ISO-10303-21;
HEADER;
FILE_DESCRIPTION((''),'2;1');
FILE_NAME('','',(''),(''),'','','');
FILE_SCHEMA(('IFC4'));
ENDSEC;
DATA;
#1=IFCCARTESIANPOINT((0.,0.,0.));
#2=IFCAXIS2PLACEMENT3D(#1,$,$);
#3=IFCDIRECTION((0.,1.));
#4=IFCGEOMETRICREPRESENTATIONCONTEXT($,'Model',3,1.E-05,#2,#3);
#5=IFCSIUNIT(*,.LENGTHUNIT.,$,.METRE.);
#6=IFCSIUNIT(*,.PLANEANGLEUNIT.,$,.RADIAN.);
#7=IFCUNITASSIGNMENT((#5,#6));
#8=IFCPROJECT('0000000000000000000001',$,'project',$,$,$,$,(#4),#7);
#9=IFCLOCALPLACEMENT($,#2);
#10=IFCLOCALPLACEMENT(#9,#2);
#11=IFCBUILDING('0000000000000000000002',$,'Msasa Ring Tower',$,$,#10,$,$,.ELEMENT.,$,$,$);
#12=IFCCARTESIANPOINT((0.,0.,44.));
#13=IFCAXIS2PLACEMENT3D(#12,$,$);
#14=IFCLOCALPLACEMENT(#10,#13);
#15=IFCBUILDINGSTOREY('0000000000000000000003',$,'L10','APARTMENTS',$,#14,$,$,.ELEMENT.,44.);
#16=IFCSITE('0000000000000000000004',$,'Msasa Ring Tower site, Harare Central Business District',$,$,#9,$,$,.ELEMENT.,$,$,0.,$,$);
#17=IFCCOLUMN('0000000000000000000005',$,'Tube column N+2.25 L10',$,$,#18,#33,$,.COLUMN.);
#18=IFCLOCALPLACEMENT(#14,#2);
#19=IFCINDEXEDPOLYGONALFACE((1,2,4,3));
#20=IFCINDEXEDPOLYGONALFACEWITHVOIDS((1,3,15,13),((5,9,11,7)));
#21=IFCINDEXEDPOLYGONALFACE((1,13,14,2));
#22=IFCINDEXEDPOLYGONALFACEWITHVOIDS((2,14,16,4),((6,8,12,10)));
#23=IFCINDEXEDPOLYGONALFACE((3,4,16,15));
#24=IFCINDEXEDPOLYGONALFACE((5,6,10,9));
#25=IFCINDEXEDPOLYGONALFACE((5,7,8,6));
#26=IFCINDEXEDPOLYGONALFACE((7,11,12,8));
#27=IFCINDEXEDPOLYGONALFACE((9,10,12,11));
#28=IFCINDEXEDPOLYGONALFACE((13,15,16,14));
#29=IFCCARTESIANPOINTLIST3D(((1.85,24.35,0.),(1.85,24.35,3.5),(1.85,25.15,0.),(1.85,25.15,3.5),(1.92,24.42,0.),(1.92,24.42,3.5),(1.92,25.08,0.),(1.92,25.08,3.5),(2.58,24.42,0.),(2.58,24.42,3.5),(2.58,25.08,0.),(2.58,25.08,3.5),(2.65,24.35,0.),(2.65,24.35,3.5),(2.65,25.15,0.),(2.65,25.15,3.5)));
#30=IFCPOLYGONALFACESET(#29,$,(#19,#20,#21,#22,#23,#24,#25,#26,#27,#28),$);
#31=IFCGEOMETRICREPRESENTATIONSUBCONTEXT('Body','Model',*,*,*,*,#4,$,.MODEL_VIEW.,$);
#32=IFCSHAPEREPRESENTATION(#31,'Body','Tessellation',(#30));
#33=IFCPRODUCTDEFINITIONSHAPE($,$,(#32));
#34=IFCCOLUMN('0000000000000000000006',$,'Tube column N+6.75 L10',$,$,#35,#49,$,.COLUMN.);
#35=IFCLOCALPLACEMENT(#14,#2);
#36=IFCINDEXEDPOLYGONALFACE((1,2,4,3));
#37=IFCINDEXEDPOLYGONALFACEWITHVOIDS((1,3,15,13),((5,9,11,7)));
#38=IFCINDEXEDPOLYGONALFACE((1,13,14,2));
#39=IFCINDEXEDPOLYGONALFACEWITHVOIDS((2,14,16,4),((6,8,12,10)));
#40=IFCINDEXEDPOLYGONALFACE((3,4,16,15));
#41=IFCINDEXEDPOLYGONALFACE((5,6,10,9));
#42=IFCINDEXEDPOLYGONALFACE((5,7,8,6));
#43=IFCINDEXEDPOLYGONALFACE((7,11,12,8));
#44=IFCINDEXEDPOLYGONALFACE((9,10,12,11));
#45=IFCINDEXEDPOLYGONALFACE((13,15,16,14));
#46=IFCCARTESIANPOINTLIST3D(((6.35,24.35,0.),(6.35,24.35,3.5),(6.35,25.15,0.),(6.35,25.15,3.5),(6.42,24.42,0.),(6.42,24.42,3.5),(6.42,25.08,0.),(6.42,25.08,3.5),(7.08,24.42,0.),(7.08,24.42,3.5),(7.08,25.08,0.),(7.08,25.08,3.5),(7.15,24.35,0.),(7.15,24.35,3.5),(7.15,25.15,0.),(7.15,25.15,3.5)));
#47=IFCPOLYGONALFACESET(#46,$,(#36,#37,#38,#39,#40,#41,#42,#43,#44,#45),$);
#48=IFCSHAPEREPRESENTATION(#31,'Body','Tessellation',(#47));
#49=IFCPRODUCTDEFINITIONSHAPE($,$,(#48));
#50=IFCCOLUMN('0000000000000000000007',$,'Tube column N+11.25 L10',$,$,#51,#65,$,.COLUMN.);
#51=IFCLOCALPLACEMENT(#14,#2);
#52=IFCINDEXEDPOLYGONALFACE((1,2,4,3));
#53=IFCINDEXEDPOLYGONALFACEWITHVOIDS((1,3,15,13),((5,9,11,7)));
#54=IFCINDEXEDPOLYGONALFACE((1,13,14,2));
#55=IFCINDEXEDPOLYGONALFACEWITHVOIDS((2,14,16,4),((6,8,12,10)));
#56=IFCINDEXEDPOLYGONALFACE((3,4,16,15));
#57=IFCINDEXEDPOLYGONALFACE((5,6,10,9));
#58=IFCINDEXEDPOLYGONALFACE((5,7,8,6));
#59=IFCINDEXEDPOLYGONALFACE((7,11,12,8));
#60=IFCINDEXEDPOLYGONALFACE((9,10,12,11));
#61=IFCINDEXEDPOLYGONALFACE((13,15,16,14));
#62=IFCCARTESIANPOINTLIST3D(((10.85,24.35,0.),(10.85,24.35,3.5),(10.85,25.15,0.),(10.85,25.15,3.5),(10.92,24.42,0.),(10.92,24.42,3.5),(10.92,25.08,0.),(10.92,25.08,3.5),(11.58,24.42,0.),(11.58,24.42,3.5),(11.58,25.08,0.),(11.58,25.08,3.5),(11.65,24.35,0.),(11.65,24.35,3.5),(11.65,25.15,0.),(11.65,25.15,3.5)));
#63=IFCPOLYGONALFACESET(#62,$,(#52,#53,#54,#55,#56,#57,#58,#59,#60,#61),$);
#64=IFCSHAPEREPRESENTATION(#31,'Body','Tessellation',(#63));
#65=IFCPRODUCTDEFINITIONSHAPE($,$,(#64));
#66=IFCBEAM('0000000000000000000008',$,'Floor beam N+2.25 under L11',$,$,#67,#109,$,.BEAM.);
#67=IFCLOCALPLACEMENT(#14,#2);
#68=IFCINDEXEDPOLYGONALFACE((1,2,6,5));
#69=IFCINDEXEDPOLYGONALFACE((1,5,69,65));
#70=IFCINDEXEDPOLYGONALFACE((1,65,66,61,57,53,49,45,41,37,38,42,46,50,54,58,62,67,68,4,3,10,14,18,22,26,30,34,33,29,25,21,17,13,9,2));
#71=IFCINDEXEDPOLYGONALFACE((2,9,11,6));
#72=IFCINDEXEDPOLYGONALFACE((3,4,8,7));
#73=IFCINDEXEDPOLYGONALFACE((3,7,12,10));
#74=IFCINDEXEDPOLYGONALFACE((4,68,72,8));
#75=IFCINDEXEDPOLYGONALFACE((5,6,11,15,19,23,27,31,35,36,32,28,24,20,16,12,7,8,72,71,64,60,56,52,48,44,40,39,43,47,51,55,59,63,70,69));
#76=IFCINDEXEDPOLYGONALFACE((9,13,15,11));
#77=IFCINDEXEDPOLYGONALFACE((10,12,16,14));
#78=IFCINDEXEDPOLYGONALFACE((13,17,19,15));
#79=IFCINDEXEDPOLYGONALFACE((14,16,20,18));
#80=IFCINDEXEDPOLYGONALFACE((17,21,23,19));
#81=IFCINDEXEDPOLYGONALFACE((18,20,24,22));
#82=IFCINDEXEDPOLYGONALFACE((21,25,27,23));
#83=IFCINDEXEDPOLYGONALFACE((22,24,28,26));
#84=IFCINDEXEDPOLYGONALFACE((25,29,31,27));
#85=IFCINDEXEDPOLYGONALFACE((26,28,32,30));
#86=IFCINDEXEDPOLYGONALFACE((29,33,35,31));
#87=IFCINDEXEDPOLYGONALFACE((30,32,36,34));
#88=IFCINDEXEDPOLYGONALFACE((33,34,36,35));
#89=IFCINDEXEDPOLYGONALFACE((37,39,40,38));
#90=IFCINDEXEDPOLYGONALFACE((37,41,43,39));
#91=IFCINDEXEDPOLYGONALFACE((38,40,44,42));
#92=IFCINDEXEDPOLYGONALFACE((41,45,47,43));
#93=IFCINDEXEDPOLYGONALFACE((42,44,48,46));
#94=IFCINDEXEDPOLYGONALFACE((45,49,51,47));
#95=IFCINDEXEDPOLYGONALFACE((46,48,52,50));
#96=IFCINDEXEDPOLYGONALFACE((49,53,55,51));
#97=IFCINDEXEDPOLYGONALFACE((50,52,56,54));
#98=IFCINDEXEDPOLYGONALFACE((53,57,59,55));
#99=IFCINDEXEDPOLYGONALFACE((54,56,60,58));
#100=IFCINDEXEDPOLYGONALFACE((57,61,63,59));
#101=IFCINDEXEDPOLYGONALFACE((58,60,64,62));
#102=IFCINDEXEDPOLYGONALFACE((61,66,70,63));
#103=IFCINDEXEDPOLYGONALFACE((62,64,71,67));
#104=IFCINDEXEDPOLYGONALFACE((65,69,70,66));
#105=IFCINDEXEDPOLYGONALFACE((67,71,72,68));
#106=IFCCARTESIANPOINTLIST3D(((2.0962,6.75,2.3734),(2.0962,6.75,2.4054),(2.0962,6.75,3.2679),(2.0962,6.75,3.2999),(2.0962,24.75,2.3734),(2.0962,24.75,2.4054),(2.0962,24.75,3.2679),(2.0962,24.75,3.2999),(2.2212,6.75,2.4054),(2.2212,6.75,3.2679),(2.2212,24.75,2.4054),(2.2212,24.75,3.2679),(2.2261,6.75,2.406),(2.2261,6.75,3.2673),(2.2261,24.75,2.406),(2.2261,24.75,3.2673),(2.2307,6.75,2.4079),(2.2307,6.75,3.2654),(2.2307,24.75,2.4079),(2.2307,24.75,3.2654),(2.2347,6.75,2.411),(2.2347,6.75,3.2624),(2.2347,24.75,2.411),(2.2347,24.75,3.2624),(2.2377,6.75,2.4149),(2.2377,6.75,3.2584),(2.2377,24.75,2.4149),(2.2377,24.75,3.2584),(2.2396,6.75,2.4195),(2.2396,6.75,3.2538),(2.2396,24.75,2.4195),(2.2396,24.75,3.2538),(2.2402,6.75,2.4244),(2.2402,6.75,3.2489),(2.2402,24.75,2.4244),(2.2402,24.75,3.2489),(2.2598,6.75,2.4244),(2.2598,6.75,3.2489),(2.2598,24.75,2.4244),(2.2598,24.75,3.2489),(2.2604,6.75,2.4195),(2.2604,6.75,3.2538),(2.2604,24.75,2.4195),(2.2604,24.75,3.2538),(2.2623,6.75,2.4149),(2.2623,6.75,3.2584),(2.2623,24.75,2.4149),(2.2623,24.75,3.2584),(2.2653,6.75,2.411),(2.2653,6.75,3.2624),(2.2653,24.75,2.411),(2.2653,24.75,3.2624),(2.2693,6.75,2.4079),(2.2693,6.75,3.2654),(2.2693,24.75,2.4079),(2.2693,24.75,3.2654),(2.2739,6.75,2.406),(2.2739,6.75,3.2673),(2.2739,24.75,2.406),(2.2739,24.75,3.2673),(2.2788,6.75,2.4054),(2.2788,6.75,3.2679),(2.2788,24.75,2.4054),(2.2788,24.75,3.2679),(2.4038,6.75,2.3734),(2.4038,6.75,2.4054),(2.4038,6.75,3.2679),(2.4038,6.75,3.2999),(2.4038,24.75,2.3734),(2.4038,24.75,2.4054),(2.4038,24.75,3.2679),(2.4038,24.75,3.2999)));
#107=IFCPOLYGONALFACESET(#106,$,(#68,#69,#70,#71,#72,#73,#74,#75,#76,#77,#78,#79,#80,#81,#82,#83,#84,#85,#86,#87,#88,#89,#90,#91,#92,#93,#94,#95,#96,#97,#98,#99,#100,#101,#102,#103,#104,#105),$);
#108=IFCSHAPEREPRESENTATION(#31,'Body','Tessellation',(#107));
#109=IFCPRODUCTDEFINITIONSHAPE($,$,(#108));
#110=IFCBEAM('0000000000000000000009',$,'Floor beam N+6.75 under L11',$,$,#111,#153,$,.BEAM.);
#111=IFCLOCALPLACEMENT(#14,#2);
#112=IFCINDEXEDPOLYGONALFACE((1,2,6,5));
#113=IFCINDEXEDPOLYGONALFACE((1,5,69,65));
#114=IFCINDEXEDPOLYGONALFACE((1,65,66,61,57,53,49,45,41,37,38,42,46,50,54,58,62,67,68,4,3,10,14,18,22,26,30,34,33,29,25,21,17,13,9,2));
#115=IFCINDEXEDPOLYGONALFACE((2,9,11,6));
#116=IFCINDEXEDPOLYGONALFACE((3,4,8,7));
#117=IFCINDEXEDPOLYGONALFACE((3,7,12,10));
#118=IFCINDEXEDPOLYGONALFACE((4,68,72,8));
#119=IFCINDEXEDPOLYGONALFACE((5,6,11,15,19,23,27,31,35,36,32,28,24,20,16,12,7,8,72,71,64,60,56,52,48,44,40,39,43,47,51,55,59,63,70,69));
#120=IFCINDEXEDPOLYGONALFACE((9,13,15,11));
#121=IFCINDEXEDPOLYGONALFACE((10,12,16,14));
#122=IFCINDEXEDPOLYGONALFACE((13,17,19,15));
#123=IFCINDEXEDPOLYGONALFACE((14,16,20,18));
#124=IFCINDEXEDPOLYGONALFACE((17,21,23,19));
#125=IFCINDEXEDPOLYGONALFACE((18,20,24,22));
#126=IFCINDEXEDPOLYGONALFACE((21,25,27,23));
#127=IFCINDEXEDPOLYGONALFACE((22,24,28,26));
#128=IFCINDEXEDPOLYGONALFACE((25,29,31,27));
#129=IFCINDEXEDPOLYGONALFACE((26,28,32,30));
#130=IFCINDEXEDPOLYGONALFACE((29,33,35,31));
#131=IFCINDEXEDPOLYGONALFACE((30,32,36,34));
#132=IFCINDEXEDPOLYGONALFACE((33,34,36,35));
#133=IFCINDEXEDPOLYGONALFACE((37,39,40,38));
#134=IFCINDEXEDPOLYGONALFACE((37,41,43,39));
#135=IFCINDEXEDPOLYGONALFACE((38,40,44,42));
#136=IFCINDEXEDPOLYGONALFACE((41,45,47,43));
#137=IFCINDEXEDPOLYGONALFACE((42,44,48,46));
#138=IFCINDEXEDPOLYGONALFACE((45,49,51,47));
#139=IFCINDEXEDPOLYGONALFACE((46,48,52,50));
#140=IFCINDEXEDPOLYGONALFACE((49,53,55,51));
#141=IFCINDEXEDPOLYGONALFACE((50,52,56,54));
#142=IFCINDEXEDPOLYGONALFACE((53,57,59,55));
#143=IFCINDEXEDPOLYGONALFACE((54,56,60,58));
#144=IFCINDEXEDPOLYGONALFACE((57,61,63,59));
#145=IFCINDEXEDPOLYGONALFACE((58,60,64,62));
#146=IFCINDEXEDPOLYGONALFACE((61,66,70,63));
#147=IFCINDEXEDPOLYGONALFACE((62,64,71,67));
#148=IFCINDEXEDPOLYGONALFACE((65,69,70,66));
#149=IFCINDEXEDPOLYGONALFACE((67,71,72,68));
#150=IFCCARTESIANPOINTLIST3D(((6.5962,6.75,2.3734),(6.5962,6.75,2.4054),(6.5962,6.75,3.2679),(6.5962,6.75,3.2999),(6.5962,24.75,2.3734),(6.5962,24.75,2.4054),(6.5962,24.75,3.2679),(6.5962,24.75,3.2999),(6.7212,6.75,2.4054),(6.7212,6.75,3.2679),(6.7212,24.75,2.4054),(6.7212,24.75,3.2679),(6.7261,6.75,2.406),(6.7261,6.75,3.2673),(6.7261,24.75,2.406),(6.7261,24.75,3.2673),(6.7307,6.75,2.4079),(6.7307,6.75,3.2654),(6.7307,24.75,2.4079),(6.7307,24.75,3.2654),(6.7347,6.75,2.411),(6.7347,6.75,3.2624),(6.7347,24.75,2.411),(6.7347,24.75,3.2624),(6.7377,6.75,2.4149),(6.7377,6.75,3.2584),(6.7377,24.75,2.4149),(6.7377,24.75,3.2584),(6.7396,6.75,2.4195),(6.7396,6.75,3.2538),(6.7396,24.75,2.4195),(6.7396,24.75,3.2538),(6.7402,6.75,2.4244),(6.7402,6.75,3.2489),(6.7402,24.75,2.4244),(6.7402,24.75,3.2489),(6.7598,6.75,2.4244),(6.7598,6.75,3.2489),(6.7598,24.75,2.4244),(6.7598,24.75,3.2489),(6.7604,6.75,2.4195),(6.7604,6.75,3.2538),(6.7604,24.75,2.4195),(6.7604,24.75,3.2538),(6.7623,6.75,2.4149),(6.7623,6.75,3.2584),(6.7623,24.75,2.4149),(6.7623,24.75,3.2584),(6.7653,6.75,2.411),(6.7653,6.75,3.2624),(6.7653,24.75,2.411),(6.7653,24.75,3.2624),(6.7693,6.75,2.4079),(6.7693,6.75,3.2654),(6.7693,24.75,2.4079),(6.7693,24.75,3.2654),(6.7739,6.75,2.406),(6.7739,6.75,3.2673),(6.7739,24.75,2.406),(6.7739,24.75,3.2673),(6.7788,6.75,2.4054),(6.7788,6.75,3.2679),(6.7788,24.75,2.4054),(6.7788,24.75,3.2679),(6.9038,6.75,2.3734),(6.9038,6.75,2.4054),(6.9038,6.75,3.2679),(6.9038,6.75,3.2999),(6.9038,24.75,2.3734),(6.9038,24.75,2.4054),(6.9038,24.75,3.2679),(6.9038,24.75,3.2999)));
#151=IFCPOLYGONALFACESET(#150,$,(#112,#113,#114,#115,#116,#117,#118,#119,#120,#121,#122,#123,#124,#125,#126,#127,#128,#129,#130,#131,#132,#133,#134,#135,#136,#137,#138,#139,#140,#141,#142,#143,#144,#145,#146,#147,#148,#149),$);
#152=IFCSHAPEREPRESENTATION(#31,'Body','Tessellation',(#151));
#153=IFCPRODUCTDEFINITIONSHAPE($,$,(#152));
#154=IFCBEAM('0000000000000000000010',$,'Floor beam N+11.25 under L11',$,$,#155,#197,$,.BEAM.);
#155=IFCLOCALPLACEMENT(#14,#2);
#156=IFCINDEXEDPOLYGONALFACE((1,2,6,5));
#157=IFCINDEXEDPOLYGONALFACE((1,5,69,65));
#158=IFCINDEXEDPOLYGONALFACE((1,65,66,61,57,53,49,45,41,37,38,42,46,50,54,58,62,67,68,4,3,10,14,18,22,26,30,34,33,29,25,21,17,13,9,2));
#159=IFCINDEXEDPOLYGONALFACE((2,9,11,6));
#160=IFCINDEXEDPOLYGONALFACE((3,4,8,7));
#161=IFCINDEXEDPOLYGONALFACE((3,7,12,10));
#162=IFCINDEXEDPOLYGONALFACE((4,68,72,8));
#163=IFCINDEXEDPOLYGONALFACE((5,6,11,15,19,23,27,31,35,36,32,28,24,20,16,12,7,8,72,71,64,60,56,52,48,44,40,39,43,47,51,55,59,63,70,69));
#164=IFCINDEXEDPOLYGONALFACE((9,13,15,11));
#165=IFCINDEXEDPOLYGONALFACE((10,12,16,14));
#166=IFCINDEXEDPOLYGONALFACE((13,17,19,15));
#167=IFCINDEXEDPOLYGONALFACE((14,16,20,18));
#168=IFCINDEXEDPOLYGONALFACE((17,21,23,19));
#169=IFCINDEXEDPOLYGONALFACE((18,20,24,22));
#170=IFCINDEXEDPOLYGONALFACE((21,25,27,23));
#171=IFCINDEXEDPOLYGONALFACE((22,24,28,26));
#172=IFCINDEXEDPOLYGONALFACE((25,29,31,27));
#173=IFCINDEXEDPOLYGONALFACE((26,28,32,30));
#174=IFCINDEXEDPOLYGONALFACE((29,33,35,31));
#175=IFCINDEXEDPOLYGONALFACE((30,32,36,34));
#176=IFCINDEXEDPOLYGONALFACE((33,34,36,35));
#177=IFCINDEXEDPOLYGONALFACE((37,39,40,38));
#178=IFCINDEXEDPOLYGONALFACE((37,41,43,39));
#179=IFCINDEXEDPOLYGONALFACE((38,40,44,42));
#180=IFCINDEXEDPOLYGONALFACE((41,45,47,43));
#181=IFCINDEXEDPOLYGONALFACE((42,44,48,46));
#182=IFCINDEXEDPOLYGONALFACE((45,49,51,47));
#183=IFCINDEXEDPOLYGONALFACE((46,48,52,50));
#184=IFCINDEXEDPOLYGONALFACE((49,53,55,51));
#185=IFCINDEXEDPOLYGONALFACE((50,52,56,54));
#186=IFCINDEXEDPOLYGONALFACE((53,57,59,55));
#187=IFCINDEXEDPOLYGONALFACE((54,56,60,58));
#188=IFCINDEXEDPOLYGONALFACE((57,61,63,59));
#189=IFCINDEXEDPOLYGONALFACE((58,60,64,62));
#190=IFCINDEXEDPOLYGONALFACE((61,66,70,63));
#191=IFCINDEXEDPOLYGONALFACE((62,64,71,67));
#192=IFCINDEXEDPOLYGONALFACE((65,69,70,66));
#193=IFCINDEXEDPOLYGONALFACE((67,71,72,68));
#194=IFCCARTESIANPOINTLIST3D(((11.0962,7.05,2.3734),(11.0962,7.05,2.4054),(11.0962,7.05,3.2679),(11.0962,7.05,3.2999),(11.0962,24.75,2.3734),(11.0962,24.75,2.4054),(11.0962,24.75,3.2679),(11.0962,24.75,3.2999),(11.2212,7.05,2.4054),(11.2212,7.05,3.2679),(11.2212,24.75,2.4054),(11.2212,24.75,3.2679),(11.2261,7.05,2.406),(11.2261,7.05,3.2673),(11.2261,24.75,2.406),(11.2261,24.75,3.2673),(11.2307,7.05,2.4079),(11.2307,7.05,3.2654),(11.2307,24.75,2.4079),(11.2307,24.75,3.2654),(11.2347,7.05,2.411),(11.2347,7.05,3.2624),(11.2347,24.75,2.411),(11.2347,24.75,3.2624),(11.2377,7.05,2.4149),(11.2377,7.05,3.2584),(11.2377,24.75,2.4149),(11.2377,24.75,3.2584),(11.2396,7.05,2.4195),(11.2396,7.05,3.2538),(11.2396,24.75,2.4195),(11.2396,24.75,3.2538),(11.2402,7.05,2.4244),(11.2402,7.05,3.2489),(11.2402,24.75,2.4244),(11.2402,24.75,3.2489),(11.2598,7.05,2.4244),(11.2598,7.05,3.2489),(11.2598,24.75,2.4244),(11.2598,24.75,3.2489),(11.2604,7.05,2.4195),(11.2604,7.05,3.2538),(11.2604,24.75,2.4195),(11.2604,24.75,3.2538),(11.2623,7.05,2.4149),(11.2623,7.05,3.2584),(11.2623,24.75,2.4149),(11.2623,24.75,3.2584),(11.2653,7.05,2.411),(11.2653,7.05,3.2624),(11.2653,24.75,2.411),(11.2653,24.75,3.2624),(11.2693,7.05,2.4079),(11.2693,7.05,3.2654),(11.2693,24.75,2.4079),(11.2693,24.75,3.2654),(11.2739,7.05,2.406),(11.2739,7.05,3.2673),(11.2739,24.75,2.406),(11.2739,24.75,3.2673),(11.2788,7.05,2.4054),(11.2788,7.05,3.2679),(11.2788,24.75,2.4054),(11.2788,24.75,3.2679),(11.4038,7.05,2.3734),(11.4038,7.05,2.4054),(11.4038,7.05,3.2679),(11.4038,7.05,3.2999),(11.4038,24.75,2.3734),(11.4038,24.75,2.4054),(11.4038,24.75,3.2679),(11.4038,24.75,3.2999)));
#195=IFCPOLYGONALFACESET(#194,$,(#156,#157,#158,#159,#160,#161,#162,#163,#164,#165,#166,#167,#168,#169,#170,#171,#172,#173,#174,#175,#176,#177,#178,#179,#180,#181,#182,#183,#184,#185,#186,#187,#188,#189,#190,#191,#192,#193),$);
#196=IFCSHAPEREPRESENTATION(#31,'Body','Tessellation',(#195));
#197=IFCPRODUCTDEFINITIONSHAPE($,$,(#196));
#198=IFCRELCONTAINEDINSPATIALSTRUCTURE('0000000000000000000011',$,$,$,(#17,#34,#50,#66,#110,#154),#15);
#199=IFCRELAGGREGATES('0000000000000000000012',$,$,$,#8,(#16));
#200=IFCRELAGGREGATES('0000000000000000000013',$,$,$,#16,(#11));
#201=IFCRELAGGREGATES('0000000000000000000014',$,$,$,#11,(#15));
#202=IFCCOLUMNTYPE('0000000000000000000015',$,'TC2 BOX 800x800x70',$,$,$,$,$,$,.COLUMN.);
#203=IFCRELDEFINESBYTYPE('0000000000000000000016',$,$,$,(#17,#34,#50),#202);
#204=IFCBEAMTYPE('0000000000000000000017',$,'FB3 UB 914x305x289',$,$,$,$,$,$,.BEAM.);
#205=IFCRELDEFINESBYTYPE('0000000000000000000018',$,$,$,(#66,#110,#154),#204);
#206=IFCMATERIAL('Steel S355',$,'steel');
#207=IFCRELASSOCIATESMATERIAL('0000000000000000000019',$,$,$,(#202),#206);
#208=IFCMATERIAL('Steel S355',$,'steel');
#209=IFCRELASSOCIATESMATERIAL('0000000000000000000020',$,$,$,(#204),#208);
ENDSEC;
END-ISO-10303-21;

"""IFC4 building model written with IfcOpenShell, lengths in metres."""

from ifc_helpers import new_model, si_unit, direction, frame, origin, origin_2d, place, context, subcontext, project, spatial, hollow_rectangle, i_section, extrude, material, material_profile, profile_set, type_object, element, save


model = new_model("IFC4")

# Units and contexts
model_context = context("Model", 3, precision=1e-05, world=origin(), true_north=direction((0.0, 1.0)))
body_context = subcontext(model_context, "Body", "Model", "MODEL_VIEW")
ifc_project = project(units=[si_unit("LENGTHUNIT", "METRE"), si_unit("PLANEANGLEUNIT", "RADIAN")], contexts=[model_context])

# Site, building, storey
site_placement = place(None, origin())
site = spatial("IfcSite", under=ifc_project, at=site_placement, Name="Msasa Ring Tower site, Harare Central Business District", CompositionType="ELEMENT", RefElevation=0.0)
building_placement = place(site_placement, origin())
building = spatial("IfcBuilding", under=site, at=building_placement, Name="Msasa Ring Tower", CompositionType="ELEMENT")
storey_placement = place(building_placement, frame((0.0, 0.0, 44.0)))
storey = spatial("IfcBuildingStorey", under=building, at=storey_placement, Name="L10", Description="APARTMENTS", CompositionType="ELEMENT", Elevation=44.0)

# Columns
ifc_material_1 = material(Name="Steel S355", Category="steel")
ifc_material_profile_1 = material_profile(ifc_material_1, hollow_rectangle(XDim=0.8, YDim=0.8, WallThickness=0.0701, at=origin_2d()), Name="BOX 800x800x70")
ifc_profile_set_1 = profile_set([ifc_material_profile_1], Name="Steel S355")
column_type = type_object("IfcColumnType", Name="TC2 BOX 800x800x70", PredefinedType="COLUMN", material=ifc_profile_set_1)
for number, where, z_axis, x_axis, name in (
    (1, (2.25, 24.75, 0.0), (0.0, 0.0, 1.0), (0.0, 1.0, 0.0), "Tube column N+2.25 L10"),
    (2, (6.75, 24.75, 0.0), (0.0, 0.0, 1.0), (0.0, 1.0, 0.0), "Tube column N+6.75 L10"),
    (3, (11.25, 24.75, 0.0), (0.0, 0.0, 1.0), (0.0, 1.0, 0.0), "Tube column N+11.25 L10"),
):
    element("IfcColumn", number, at=place(storey_placement, frame(where, z_axis=z_axis, x_axis=x_axis)), inside=storey, type_object=column_type, Name=name, PredefinedType="COLUMN", context=body_context, shape_type="SweptSolid", body=[
        extrude(hollow_rectangle(XDim=0.8, YDim=0.8, WallThickness=0.0701, at=origin_2d()), origin(), (0.0, 0.0, 1.0), 3.5),
    ])

# Beams
ifc_material_2 = material(Name="Steel S355", Category="steel")
ifc_material_profile_2 = material_profile(ifc_material_2, i_section(OverallWidth=0.3076, OverallDepth=0.9265, WebThickness=0.0195, FlangeThickness=0.032, FilletRadius=0.019, at=origin_2d()), Name="UB 914x305x289")
ifc_profile_set_2 = profile_set([ifc_material_profile_2], Name="Steel S355")
beam_type_1 = type_object("IfcBeamType", Name="FB3 UB 914x305x289", PredefinedType="BEAM", material=ifc_profile_set_2)
for number, where, z_axis, x_axis, name in (
    (4, (2.25, 24.75, 2.8367), (0.0, -1.0, 0.0), (1.0, 0.0, 0.0), "Floor beam N+2.25 under L11"),
    (5, (6.75, 24.75, 2.8367), (0.0, -1.0, 0.0), (1.0, 0.0, 0.0), "Floor beam N+6.75 under L11"),
):
    element("IfcBeam", number, at=place(storey_placement, frame(where, z_axis=z_axis, x_axis=x_axis)), inside=storey, type_object=beam_type_1, Name=name, PredefinedType="BEAM", context=body_context, shape_type="SweptSolid", body=[
        extrude(i_section(OverallWidth=0.3076, OverallDepth=0.9265, WebThickness=0.0195, FlangeThickness=0.032, FilletRadius=0.019, at=origin_2d()), origin(), (0.0, 0.0, 1.0), 18.0),
    ])
beam_placement = place(storey_placement, frame((11.25, 24.75, 2.8367), z_axis=(0.0, -1.0, 0.0), x_axis=(1.0, 0.0, 0.0)))
element("IfcBeam", 6, at=beam_placement, inside=storey, type_object=beam_type_1, Name="Floor beam N+11.25 under L11", PredefinedType="BEAM", context=body_context, shape_type="SweptSolid", body=[
    extrude(i_section(OverallWidth=0.3076, OverallDepth=0.9265, WebThickness=0.0195, FlangeThickness=0.032, FilletRadius=0.019, at=origin_2d()), origin(), (0.0, 0.0, 1.0), 17.7),
])

save(model, "model.ifc")
